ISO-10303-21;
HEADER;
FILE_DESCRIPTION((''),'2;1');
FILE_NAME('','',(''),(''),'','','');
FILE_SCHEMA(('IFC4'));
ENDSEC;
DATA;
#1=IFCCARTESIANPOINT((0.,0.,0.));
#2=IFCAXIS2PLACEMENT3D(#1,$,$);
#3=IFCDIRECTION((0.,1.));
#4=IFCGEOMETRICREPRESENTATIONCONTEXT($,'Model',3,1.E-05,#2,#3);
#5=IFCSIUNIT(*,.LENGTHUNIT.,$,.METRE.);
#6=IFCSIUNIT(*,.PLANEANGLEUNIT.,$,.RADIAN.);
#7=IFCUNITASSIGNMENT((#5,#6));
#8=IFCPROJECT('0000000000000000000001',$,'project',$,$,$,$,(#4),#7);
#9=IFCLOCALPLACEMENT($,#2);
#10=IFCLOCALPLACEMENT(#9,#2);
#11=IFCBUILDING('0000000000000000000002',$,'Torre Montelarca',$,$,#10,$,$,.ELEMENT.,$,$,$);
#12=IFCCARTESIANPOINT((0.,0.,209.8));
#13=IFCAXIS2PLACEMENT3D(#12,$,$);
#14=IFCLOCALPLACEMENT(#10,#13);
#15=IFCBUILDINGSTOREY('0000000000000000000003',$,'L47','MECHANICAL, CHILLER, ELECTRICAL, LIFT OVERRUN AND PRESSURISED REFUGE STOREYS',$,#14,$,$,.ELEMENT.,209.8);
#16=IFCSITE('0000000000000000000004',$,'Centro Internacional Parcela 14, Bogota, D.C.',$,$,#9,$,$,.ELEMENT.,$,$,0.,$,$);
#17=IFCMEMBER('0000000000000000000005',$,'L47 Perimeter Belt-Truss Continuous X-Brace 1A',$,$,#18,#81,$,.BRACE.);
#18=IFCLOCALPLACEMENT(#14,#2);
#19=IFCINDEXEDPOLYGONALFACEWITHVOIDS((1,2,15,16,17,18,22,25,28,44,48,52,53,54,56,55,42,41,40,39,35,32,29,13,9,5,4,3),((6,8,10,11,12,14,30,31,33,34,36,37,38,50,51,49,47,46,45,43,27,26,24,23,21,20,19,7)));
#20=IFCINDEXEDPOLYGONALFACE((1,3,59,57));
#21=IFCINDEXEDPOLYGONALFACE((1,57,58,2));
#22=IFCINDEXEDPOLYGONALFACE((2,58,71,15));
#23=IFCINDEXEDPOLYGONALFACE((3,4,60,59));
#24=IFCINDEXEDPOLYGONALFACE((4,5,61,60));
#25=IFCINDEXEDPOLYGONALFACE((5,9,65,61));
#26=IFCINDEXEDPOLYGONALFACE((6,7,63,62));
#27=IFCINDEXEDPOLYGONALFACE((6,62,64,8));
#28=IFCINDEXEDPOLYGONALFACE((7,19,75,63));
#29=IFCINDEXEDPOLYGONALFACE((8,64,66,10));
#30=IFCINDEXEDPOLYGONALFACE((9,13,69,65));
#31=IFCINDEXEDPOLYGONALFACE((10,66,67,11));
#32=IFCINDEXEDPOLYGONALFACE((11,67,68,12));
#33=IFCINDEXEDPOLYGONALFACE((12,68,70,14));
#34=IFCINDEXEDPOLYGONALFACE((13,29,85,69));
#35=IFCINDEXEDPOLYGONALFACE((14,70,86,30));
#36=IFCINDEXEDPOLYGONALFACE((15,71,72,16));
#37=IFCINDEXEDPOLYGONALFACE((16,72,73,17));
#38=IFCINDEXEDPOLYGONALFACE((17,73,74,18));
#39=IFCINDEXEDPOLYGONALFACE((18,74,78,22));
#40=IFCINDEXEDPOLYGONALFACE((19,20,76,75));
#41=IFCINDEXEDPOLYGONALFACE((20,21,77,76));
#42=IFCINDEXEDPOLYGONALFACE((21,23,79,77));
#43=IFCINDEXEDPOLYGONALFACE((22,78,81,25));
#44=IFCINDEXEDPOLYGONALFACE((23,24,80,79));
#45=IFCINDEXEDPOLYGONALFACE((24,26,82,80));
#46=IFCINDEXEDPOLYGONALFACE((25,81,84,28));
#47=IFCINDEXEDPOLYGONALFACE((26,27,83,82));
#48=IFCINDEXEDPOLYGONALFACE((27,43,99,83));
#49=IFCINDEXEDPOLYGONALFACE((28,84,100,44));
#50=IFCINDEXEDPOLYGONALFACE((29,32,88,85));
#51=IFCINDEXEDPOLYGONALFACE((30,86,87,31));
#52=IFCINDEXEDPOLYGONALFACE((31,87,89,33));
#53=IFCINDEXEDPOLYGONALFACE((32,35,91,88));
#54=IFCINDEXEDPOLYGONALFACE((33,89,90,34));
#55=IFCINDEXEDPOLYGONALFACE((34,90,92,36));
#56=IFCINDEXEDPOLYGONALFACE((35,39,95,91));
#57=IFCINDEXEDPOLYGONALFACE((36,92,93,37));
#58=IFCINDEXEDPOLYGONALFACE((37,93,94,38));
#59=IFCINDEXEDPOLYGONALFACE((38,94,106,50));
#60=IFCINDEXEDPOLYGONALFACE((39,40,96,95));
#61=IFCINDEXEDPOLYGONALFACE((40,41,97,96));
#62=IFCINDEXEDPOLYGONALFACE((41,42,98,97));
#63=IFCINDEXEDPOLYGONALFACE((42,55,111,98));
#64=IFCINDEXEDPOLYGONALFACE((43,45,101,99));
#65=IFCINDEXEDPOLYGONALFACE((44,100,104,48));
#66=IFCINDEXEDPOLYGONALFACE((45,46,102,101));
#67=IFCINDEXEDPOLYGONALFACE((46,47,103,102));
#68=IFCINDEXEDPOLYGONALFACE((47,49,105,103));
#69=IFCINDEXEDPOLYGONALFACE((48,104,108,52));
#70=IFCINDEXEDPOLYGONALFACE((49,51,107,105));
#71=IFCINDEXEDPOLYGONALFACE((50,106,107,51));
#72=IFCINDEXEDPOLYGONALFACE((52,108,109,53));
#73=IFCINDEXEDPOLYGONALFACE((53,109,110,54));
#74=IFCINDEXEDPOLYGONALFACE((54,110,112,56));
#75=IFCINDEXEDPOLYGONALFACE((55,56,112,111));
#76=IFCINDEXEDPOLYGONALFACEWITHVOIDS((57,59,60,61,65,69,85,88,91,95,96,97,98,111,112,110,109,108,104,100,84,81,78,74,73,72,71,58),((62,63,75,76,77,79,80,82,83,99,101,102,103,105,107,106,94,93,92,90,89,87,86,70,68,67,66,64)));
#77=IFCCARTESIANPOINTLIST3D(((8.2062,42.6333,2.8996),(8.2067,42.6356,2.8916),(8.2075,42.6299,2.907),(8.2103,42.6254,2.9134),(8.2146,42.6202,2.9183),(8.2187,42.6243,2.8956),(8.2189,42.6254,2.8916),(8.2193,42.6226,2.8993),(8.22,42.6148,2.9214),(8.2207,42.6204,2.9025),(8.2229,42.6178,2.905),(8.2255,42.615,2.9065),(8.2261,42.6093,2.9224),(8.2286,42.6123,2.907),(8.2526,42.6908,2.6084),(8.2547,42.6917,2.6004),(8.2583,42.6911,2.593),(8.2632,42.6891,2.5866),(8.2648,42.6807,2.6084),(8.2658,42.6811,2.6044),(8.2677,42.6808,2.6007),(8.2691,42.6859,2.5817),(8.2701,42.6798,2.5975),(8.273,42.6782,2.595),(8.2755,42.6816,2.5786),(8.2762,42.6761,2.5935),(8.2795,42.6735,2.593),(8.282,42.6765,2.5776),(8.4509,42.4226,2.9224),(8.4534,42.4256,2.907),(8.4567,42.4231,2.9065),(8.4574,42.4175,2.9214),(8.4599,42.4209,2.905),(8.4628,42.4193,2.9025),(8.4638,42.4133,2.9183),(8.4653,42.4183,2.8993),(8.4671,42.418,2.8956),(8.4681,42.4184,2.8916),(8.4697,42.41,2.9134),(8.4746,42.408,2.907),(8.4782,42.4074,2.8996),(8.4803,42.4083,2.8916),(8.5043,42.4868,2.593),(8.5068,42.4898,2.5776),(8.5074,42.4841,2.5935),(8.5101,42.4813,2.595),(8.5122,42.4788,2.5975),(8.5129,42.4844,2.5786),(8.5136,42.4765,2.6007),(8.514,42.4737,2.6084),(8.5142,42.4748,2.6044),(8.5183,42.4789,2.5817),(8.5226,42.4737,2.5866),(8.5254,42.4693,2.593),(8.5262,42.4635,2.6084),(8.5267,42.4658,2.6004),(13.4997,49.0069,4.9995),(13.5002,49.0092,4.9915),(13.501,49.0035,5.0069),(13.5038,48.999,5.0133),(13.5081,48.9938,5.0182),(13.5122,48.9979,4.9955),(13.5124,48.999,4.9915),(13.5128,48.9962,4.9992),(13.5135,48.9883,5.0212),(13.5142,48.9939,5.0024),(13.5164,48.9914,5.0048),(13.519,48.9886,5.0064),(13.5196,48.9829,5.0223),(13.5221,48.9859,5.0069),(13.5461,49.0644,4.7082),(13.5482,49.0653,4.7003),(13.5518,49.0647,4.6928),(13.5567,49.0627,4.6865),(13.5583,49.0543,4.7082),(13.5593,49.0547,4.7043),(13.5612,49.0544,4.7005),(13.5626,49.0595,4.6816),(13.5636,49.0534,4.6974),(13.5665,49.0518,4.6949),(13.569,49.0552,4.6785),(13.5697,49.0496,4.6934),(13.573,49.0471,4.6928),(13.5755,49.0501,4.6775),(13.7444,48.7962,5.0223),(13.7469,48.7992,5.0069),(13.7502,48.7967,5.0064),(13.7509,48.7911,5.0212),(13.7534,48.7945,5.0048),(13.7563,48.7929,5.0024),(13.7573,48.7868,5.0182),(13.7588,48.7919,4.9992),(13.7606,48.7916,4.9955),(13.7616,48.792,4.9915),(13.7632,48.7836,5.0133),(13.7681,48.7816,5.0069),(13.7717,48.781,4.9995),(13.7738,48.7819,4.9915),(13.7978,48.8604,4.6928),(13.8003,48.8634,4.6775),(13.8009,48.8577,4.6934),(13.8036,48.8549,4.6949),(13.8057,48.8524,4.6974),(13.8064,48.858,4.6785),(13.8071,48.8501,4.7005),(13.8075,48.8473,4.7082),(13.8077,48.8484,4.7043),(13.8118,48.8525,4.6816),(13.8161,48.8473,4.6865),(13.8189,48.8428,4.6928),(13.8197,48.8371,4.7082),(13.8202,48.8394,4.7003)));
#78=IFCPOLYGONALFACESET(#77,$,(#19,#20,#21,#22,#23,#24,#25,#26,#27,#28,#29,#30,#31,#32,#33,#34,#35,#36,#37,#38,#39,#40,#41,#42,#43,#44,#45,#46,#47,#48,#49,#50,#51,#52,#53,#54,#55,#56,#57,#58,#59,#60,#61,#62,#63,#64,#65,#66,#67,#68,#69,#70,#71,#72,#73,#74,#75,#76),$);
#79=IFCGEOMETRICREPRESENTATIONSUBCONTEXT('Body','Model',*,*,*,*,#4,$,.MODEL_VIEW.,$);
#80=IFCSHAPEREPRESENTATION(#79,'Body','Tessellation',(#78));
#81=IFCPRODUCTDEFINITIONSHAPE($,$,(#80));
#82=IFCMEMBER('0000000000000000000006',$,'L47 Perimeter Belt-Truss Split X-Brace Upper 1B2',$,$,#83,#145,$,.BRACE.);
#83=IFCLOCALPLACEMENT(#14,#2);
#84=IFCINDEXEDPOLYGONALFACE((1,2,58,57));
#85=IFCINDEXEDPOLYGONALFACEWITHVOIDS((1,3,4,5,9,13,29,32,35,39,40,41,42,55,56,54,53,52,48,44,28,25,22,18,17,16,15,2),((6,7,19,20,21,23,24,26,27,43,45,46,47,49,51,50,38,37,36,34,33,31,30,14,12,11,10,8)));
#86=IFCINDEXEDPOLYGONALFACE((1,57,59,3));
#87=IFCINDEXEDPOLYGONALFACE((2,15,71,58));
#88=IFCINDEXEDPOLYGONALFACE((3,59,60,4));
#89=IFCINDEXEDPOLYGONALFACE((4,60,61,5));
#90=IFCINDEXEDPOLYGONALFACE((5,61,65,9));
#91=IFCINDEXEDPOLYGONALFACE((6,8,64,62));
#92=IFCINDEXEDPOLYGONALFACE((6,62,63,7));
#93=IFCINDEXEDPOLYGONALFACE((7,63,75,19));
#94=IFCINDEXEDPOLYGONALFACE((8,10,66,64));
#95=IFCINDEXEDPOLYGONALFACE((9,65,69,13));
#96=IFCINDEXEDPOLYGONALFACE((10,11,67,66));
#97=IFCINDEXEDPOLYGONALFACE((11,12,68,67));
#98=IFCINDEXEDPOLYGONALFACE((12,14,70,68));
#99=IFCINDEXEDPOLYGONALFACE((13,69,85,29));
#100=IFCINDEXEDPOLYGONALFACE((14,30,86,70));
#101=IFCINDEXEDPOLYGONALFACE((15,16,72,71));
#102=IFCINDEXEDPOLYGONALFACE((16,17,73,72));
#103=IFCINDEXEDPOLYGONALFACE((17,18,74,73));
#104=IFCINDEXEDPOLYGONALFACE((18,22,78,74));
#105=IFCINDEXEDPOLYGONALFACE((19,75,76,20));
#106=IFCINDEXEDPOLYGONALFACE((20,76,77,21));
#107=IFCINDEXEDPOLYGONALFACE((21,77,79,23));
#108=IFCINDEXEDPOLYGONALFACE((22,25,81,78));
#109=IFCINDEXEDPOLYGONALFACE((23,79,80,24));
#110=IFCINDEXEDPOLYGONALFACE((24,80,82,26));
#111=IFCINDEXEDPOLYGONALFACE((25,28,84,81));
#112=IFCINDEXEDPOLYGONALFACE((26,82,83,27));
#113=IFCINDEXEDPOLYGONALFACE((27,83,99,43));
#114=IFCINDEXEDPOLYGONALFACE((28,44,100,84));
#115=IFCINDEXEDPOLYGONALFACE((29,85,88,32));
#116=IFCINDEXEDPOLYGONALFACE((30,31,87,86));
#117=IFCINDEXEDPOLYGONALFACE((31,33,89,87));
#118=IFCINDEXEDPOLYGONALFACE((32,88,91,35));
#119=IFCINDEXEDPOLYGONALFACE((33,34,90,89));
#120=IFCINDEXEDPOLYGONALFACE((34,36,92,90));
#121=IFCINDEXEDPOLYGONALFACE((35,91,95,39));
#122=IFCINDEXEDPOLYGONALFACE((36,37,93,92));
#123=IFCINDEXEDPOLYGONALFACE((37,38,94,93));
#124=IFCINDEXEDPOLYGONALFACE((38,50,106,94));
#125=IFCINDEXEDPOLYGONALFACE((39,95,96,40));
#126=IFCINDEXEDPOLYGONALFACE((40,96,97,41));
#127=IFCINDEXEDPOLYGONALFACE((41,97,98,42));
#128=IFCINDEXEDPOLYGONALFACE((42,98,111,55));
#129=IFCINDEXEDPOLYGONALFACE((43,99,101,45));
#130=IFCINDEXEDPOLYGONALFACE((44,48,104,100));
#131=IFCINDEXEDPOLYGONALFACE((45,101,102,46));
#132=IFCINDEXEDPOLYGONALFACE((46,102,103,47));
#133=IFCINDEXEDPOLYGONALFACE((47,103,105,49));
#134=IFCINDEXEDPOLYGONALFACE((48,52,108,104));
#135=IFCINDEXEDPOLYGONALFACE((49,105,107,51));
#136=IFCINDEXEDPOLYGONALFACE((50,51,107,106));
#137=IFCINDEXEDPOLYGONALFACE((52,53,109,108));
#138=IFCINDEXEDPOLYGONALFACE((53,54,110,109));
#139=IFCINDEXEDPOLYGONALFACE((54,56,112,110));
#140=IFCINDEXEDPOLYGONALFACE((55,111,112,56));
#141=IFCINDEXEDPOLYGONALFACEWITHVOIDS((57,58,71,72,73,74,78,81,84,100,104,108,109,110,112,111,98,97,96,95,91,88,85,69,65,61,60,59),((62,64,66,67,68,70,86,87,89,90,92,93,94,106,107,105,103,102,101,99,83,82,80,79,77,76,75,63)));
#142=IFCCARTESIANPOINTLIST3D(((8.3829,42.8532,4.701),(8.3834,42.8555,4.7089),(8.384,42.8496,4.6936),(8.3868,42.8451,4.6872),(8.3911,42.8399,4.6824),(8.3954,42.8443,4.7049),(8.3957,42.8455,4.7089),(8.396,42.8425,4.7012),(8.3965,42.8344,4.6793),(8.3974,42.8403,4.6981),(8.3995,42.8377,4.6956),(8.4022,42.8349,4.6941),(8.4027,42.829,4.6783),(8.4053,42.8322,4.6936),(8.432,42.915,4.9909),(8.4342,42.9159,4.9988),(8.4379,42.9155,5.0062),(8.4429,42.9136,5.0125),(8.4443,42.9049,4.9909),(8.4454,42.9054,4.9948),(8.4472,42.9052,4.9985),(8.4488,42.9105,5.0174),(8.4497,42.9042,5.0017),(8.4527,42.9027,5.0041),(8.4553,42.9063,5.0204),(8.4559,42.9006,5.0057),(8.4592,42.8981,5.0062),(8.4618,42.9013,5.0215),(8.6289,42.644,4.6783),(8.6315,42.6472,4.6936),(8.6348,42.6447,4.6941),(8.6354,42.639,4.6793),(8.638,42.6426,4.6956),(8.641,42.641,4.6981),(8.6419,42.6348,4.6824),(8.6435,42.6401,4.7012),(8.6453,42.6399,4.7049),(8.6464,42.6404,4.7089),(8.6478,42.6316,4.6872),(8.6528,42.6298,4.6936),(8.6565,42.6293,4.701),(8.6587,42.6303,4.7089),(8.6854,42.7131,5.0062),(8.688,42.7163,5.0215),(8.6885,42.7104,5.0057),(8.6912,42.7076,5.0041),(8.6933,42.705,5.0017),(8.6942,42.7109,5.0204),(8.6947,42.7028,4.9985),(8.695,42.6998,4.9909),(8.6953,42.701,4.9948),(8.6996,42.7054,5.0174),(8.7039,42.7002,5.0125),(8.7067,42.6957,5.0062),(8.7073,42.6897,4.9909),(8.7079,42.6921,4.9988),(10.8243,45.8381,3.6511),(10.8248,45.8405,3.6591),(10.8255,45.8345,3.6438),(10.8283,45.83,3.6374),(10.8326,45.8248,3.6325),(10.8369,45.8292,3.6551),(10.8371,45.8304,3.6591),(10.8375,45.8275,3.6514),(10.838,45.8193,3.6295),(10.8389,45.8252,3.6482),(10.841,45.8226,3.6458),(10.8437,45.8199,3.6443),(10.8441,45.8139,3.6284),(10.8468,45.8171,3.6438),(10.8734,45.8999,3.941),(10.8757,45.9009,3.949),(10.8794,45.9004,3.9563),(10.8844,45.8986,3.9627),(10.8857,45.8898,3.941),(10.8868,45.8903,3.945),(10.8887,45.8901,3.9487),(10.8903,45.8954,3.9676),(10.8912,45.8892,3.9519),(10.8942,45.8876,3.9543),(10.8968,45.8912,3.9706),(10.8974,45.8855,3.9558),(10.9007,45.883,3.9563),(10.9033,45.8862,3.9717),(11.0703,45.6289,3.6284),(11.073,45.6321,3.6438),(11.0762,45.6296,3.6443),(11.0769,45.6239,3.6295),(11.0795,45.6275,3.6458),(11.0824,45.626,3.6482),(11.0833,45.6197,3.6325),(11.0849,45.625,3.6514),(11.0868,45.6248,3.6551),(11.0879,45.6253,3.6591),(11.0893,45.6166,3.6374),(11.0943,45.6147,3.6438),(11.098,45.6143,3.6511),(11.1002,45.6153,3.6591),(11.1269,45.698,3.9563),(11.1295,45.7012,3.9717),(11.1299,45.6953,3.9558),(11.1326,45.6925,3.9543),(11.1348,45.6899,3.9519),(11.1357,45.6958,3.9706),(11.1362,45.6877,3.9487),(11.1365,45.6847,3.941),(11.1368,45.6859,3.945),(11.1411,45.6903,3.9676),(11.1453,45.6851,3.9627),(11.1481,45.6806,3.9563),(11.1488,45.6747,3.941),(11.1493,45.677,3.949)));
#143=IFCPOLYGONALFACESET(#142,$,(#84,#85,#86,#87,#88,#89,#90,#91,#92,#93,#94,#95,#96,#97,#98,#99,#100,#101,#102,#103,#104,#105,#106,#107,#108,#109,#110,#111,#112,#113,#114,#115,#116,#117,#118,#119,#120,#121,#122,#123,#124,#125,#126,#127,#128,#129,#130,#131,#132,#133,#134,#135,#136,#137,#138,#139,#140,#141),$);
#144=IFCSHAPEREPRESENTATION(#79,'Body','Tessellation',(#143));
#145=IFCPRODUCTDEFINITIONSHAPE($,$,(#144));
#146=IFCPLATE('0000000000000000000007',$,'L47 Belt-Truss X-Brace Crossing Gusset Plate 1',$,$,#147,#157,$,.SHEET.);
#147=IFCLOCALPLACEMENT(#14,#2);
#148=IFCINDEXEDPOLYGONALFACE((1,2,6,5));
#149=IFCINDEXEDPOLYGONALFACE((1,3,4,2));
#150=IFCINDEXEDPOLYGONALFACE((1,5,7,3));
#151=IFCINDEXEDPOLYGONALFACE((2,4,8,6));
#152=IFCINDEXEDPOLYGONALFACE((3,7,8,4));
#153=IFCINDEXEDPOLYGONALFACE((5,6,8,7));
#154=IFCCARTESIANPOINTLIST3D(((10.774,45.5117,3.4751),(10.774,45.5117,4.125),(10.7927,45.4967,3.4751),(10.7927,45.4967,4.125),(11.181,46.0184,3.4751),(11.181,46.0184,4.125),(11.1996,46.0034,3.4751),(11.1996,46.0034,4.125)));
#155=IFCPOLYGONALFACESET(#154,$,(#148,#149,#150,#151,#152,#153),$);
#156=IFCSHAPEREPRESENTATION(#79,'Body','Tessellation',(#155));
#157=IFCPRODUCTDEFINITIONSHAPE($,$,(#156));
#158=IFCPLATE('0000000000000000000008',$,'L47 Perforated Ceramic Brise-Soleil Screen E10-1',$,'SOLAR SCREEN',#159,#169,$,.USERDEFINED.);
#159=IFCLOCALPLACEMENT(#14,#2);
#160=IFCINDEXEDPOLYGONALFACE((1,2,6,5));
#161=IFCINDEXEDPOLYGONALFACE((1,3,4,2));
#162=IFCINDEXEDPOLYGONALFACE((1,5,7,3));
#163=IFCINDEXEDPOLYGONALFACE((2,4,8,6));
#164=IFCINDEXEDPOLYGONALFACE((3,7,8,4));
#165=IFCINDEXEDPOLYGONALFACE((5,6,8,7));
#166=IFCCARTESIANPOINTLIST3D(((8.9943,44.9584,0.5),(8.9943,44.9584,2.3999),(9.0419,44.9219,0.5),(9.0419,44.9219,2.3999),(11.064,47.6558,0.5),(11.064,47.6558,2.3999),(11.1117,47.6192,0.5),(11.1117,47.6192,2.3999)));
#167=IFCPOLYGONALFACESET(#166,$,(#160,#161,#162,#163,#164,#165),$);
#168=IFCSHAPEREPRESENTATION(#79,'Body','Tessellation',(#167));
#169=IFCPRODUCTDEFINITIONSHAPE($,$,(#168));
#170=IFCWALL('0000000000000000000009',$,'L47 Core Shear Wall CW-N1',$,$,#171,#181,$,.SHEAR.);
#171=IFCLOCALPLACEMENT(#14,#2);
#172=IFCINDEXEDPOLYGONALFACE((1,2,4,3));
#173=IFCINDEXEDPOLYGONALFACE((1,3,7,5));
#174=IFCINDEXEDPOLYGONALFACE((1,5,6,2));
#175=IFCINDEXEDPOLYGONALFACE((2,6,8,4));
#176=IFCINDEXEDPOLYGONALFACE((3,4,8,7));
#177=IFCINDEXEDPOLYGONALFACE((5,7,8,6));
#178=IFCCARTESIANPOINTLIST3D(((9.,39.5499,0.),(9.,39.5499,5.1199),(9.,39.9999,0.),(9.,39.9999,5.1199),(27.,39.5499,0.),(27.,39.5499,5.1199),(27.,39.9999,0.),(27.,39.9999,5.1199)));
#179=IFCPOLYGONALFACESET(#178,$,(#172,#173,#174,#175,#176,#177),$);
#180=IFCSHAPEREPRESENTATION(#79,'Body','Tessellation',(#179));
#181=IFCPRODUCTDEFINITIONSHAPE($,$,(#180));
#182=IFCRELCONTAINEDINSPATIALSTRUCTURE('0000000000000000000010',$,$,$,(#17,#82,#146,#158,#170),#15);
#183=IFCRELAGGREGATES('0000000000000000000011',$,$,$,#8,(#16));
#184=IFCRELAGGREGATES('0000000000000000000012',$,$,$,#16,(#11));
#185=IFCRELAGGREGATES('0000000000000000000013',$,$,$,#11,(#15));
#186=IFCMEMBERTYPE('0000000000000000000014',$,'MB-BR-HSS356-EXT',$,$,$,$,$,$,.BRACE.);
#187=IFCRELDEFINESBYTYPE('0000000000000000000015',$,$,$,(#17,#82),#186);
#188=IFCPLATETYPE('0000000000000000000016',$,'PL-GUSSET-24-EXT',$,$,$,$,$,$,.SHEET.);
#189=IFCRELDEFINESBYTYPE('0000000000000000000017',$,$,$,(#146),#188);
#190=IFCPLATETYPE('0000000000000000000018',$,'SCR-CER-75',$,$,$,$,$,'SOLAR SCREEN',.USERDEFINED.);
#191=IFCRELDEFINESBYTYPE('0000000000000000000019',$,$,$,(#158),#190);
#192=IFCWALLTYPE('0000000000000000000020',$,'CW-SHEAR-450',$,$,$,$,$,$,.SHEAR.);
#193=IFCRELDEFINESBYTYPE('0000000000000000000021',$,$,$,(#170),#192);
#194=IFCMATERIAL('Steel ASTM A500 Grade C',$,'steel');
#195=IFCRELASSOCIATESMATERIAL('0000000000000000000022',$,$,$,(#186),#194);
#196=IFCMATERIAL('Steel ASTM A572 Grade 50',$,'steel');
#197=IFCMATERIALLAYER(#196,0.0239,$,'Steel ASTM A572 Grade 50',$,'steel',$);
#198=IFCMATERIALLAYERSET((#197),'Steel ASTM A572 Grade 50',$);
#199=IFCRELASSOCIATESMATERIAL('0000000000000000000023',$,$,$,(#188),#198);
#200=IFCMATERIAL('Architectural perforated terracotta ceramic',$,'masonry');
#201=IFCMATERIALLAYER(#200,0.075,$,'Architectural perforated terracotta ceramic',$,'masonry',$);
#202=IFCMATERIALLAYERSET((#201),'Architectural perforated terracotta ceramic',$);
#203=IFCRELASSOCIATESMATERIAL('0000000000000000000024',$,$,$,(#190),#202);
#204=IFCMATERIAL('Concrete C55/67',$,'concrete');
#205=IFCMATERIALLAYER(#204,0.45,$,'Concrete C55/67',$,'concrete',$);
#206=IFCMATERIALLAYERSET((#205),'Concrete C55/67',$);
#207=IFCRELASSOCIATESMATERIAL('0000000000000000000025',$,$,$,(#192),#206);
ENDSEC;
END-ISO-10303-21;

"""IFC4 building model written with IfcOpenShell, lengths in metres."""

from ifc_helpers import new_model, si_unit, direction, frame, frame_2d, origin, origin_2d, place, context, subcontext, project, spatial, rectangle, hollow_rectangle, extrude, source, transform, mapped, material, layer, layer_set, material_profile, profile_set, type_object, element, save


model = new_model("IFC4")

# Units and contexts
model_context = context("Model", 3, precision=1e-05, world=origin(), true_north=direction((0.0, 1.0)))
body_context = subcontext(model_context, "Body", "Model", "MODEL_VIEW")
ifc_project = project(units=[si_unit("LENGTHUNIT", "METRE"), si_unit("PLANEANGLEUNIT", "RADIAN")], contexts=[model_context])

# Site, building, storey
site_placement = place(None, origin())
site = spatial("IfcSite", under=ifc_project, at=site_placement, Name="Centro Internacional Parcela 14, Bogota, D.C.", CompositionType="ELEMENT", RefElevation=0.0)
building_placement = place(site_placement, origin())
building = spatial("IfcBuilding", under=site, at=building_placement, Name="Torre Montelarca", CompositionType="ELEMENT")
storey_placement = place(building_placement, frame((0.0, 0.0, 209.8)))
storey = spatial("IfcBuildingStorey", under=building, at=storey_placement, Name="L47", Description="MECHANICAL, CHILLER, ELECTRICAL, LIFT OVERRUN AND PRESSURISED REFUGE STOREYS", CompositionType="ELEMENT", Elevation=209.8)

# Shared definitions
ifc_material_1 = material(Name="Concrete C55/67", Category="concrete")

# Shared definitions
ifc_material_2 = material(Name="Steel ASTM A500 Grade C", Category="steel")

# Members
ifc_material_profile_1 = material_profile(ifc_material_2, hollow_rectangle(XDim=0.3557, YDim=0.3557, WallThickness=0.0159, InnerFilletRadius=0.0159, OuterFilletRadius=0.0317, at=origin_2d()), Name="HSS356X356X15.9", Category="steel")
ifc_profile_set_1 = profile_set([ifc_material_profile_1], Name="Steel ASTM A500 Grade C")
member_type_1 = type_object("IfcMemberType", Name="MB-BR-HSS356-EXT", PredefinedType="BRACE", material=ifc_profile_set_1)
shared_shape_1 = source(origin(), body_context, "Body", "SweptSolid", [
    extrude(hollow_rectangle(XDim=0.3557, YDim=0.3557, WallThickness=0.0159, InnerFilletRadius=0.0159, OuterFilletRadius=0.0317, at=origin_2d()), origin(), (0.0, 0.0, 1.0), 8.5471),
])
member_1_placement = place(storey_placement, frame((8.3665, 42.5496, 2.75), z_axis=(0.619332, 0.7457, 0.245682), x_axis=(-0.769278, 0.638914, 0.0)))
element("IfcMember", 1, at=member_1_placement, inside=storey, type_object=member_type_1, Name="L47 Perimeter Belt-Truss Continuous X-Brace 1A", PredefinedType="BRACE", context=body_context, shape_type="MappedRepresentation", body=[
    mapped(shared_shape_1, transform((0.0, 0.0, 0.0), scale=1.0)),
])
shared_shape_2 = source(origin(), body_context, "Body", "SweptSolid", [
    extrude(hollow_rectangle(XDim=0.3557, YDim=0.3557, WallThickness=0.0159, InnerFilletRadius=0.0159, OuterFilletRadius=0.0317, at=origin_2d()), origin(), (0.0, 0.0, 1.0), 3.9966),
])
member_2_placement = place(storey_placement, frame((10.9868, 45.7576, 3.8), z_axis=(-0.610887, -0.74687, 0.262681), x_axis=(0.774053, -0.633121, 0.0)))
element("IfcMember", 2, at=member_2_placement, inside=storey, type_object=member_type_1, Name="L47 Perimeter Belt-Truss Split X-Brace Upper 1B2", PredefinedType="BRACE", context=body_context, shape_type="MappedRepresentation", body=[
    mapped(shared_shape_2, transform((0.0, 0.0, 0.0), scale=1.0)),
])

# Plates
ifc_material_3 = material(Name="Steel ASTM A572 Grade 50", Category="steel")
ifc_layer_1 = layer(ifc_material_3, 0.0239, Name="Steel ASTM A572 Grade 50", Category="steel")
ifc_layer_set_1 = layer_set([ifc_layer_1], Name="Steel ASTM A572 Grade 50")
plate_type_1 = type_object("IfcPlateType", Name="PL-GUSSET-24-EXT", PredefinedType="SHEET", material=ifc_layer_set_1)
shared_shape_3 = source(origin(), body_context, "Body", "SweptSolid", [
    extrude(rectangle(XDim=0.6499, YDim=0.0239, at=origin_2d()), origin(), (0.0, 0.0, 1.0), 0.6499),
])
plate_1_placement = place(storey_placement, frame((10.9868, 45.7576, 3.4751), z_axis=(0.0, 0.0, 1.0), x_axis=(0.626196, 0.779666, 0.0)))
element("IfcPlate", 3, at=plate_1_placement, inside=storey, type_object=plate_type_1, Name="L47 Belt-Truss X-Brace Crossing Gusset Plate 1", PredefinedType="SHEET", context=body_context, shape_type="MappedRepresentation", body=[
    mapped(shared_shape_3, transform((0.0, 0.0, 0.0), scale=1.0)),
])
ifc_material_4 = material(Name="Architectural perforated terracotta ceramic", Category="masonry")
ifc_layer_2 = layer(ifc_material_4, 0.075, Name="Architectural perforated terracotta ceramic", Category="masonry")
ifc_layer_set_2 = layer_set([ifc_layer_2], Name="Architectural perforated terracotta ceramic")
plate_type_2 = type_object("IfcPlateType", Name="SCR-CER-75", ElementType="SOLAR SCREEN", PredefinedType="USERDEFINED", material=ifc_layer_set_2)
shared_shape_4 = source(origin(), body_context, "Body", "SweptSolid", [
    extrude(rectangle(XDim=3.3999, YDim=0.0601, at=origin_2d()), origin(), (0.0, 0.0, 1.0), 1.8999),
])
plate_2_placement = place(storey_placement, frame((10.053, 46.2888, 0.5), z_axis=(0.0, 0.0, 1.0), x_axis=(-0.608763, -0.793352, 0.0)))
element("IfcPlate", 4, at=plate_2_placement, inside=storey, type_object=plate_type_2, Name="L47 Perforated Ceramic Brise-Soleil Screen E10-1", ObjectType="SOLAR SCREEN", PredefinedType="USERDEFINED", context=body_context, shape_type="MappedRepresentation", body=[
    mapped(shared_shape_4, transform((0.0, 0.0, 0.0), scale=1.0)),
])

# Wall
ifc_layer_3 = layer(ifc_material_1, 0.45, Name="Concrete C55/67", Category="concrete")
ifc_layer_set_3 = layer_set([ifc_layer_3], Name="Concrete C55/67")
wall_type_1 = type_object("IfcWallType", Name="CW-SHEAR-450", PredefinedType="SHEAR", material=ifc_layer_set_3)
wall_1_placement = place(storey_placement, frame((9.0, 39.7749, 0.0), z_axis=(0.0, 0.0, 1.0), x_axis=(1.0, 0.0, 0.0)))
element("IfcWall", 5, at=wall_1_placement, inside=storey, type_object=wall_type_1, Name="L47 Core Shear Wall CW-N1", PredefinedType="SHEAR", context=body_context, shape_type="SweptSolid", body=[
    extrude(rectangle(XDim=18.0, YDim=0.45, at=frame_2d((9.0, 0.0))), origin(), (0.0, 0.0, 1.0), 5.1199),
])

save(model, "model.ifc")
